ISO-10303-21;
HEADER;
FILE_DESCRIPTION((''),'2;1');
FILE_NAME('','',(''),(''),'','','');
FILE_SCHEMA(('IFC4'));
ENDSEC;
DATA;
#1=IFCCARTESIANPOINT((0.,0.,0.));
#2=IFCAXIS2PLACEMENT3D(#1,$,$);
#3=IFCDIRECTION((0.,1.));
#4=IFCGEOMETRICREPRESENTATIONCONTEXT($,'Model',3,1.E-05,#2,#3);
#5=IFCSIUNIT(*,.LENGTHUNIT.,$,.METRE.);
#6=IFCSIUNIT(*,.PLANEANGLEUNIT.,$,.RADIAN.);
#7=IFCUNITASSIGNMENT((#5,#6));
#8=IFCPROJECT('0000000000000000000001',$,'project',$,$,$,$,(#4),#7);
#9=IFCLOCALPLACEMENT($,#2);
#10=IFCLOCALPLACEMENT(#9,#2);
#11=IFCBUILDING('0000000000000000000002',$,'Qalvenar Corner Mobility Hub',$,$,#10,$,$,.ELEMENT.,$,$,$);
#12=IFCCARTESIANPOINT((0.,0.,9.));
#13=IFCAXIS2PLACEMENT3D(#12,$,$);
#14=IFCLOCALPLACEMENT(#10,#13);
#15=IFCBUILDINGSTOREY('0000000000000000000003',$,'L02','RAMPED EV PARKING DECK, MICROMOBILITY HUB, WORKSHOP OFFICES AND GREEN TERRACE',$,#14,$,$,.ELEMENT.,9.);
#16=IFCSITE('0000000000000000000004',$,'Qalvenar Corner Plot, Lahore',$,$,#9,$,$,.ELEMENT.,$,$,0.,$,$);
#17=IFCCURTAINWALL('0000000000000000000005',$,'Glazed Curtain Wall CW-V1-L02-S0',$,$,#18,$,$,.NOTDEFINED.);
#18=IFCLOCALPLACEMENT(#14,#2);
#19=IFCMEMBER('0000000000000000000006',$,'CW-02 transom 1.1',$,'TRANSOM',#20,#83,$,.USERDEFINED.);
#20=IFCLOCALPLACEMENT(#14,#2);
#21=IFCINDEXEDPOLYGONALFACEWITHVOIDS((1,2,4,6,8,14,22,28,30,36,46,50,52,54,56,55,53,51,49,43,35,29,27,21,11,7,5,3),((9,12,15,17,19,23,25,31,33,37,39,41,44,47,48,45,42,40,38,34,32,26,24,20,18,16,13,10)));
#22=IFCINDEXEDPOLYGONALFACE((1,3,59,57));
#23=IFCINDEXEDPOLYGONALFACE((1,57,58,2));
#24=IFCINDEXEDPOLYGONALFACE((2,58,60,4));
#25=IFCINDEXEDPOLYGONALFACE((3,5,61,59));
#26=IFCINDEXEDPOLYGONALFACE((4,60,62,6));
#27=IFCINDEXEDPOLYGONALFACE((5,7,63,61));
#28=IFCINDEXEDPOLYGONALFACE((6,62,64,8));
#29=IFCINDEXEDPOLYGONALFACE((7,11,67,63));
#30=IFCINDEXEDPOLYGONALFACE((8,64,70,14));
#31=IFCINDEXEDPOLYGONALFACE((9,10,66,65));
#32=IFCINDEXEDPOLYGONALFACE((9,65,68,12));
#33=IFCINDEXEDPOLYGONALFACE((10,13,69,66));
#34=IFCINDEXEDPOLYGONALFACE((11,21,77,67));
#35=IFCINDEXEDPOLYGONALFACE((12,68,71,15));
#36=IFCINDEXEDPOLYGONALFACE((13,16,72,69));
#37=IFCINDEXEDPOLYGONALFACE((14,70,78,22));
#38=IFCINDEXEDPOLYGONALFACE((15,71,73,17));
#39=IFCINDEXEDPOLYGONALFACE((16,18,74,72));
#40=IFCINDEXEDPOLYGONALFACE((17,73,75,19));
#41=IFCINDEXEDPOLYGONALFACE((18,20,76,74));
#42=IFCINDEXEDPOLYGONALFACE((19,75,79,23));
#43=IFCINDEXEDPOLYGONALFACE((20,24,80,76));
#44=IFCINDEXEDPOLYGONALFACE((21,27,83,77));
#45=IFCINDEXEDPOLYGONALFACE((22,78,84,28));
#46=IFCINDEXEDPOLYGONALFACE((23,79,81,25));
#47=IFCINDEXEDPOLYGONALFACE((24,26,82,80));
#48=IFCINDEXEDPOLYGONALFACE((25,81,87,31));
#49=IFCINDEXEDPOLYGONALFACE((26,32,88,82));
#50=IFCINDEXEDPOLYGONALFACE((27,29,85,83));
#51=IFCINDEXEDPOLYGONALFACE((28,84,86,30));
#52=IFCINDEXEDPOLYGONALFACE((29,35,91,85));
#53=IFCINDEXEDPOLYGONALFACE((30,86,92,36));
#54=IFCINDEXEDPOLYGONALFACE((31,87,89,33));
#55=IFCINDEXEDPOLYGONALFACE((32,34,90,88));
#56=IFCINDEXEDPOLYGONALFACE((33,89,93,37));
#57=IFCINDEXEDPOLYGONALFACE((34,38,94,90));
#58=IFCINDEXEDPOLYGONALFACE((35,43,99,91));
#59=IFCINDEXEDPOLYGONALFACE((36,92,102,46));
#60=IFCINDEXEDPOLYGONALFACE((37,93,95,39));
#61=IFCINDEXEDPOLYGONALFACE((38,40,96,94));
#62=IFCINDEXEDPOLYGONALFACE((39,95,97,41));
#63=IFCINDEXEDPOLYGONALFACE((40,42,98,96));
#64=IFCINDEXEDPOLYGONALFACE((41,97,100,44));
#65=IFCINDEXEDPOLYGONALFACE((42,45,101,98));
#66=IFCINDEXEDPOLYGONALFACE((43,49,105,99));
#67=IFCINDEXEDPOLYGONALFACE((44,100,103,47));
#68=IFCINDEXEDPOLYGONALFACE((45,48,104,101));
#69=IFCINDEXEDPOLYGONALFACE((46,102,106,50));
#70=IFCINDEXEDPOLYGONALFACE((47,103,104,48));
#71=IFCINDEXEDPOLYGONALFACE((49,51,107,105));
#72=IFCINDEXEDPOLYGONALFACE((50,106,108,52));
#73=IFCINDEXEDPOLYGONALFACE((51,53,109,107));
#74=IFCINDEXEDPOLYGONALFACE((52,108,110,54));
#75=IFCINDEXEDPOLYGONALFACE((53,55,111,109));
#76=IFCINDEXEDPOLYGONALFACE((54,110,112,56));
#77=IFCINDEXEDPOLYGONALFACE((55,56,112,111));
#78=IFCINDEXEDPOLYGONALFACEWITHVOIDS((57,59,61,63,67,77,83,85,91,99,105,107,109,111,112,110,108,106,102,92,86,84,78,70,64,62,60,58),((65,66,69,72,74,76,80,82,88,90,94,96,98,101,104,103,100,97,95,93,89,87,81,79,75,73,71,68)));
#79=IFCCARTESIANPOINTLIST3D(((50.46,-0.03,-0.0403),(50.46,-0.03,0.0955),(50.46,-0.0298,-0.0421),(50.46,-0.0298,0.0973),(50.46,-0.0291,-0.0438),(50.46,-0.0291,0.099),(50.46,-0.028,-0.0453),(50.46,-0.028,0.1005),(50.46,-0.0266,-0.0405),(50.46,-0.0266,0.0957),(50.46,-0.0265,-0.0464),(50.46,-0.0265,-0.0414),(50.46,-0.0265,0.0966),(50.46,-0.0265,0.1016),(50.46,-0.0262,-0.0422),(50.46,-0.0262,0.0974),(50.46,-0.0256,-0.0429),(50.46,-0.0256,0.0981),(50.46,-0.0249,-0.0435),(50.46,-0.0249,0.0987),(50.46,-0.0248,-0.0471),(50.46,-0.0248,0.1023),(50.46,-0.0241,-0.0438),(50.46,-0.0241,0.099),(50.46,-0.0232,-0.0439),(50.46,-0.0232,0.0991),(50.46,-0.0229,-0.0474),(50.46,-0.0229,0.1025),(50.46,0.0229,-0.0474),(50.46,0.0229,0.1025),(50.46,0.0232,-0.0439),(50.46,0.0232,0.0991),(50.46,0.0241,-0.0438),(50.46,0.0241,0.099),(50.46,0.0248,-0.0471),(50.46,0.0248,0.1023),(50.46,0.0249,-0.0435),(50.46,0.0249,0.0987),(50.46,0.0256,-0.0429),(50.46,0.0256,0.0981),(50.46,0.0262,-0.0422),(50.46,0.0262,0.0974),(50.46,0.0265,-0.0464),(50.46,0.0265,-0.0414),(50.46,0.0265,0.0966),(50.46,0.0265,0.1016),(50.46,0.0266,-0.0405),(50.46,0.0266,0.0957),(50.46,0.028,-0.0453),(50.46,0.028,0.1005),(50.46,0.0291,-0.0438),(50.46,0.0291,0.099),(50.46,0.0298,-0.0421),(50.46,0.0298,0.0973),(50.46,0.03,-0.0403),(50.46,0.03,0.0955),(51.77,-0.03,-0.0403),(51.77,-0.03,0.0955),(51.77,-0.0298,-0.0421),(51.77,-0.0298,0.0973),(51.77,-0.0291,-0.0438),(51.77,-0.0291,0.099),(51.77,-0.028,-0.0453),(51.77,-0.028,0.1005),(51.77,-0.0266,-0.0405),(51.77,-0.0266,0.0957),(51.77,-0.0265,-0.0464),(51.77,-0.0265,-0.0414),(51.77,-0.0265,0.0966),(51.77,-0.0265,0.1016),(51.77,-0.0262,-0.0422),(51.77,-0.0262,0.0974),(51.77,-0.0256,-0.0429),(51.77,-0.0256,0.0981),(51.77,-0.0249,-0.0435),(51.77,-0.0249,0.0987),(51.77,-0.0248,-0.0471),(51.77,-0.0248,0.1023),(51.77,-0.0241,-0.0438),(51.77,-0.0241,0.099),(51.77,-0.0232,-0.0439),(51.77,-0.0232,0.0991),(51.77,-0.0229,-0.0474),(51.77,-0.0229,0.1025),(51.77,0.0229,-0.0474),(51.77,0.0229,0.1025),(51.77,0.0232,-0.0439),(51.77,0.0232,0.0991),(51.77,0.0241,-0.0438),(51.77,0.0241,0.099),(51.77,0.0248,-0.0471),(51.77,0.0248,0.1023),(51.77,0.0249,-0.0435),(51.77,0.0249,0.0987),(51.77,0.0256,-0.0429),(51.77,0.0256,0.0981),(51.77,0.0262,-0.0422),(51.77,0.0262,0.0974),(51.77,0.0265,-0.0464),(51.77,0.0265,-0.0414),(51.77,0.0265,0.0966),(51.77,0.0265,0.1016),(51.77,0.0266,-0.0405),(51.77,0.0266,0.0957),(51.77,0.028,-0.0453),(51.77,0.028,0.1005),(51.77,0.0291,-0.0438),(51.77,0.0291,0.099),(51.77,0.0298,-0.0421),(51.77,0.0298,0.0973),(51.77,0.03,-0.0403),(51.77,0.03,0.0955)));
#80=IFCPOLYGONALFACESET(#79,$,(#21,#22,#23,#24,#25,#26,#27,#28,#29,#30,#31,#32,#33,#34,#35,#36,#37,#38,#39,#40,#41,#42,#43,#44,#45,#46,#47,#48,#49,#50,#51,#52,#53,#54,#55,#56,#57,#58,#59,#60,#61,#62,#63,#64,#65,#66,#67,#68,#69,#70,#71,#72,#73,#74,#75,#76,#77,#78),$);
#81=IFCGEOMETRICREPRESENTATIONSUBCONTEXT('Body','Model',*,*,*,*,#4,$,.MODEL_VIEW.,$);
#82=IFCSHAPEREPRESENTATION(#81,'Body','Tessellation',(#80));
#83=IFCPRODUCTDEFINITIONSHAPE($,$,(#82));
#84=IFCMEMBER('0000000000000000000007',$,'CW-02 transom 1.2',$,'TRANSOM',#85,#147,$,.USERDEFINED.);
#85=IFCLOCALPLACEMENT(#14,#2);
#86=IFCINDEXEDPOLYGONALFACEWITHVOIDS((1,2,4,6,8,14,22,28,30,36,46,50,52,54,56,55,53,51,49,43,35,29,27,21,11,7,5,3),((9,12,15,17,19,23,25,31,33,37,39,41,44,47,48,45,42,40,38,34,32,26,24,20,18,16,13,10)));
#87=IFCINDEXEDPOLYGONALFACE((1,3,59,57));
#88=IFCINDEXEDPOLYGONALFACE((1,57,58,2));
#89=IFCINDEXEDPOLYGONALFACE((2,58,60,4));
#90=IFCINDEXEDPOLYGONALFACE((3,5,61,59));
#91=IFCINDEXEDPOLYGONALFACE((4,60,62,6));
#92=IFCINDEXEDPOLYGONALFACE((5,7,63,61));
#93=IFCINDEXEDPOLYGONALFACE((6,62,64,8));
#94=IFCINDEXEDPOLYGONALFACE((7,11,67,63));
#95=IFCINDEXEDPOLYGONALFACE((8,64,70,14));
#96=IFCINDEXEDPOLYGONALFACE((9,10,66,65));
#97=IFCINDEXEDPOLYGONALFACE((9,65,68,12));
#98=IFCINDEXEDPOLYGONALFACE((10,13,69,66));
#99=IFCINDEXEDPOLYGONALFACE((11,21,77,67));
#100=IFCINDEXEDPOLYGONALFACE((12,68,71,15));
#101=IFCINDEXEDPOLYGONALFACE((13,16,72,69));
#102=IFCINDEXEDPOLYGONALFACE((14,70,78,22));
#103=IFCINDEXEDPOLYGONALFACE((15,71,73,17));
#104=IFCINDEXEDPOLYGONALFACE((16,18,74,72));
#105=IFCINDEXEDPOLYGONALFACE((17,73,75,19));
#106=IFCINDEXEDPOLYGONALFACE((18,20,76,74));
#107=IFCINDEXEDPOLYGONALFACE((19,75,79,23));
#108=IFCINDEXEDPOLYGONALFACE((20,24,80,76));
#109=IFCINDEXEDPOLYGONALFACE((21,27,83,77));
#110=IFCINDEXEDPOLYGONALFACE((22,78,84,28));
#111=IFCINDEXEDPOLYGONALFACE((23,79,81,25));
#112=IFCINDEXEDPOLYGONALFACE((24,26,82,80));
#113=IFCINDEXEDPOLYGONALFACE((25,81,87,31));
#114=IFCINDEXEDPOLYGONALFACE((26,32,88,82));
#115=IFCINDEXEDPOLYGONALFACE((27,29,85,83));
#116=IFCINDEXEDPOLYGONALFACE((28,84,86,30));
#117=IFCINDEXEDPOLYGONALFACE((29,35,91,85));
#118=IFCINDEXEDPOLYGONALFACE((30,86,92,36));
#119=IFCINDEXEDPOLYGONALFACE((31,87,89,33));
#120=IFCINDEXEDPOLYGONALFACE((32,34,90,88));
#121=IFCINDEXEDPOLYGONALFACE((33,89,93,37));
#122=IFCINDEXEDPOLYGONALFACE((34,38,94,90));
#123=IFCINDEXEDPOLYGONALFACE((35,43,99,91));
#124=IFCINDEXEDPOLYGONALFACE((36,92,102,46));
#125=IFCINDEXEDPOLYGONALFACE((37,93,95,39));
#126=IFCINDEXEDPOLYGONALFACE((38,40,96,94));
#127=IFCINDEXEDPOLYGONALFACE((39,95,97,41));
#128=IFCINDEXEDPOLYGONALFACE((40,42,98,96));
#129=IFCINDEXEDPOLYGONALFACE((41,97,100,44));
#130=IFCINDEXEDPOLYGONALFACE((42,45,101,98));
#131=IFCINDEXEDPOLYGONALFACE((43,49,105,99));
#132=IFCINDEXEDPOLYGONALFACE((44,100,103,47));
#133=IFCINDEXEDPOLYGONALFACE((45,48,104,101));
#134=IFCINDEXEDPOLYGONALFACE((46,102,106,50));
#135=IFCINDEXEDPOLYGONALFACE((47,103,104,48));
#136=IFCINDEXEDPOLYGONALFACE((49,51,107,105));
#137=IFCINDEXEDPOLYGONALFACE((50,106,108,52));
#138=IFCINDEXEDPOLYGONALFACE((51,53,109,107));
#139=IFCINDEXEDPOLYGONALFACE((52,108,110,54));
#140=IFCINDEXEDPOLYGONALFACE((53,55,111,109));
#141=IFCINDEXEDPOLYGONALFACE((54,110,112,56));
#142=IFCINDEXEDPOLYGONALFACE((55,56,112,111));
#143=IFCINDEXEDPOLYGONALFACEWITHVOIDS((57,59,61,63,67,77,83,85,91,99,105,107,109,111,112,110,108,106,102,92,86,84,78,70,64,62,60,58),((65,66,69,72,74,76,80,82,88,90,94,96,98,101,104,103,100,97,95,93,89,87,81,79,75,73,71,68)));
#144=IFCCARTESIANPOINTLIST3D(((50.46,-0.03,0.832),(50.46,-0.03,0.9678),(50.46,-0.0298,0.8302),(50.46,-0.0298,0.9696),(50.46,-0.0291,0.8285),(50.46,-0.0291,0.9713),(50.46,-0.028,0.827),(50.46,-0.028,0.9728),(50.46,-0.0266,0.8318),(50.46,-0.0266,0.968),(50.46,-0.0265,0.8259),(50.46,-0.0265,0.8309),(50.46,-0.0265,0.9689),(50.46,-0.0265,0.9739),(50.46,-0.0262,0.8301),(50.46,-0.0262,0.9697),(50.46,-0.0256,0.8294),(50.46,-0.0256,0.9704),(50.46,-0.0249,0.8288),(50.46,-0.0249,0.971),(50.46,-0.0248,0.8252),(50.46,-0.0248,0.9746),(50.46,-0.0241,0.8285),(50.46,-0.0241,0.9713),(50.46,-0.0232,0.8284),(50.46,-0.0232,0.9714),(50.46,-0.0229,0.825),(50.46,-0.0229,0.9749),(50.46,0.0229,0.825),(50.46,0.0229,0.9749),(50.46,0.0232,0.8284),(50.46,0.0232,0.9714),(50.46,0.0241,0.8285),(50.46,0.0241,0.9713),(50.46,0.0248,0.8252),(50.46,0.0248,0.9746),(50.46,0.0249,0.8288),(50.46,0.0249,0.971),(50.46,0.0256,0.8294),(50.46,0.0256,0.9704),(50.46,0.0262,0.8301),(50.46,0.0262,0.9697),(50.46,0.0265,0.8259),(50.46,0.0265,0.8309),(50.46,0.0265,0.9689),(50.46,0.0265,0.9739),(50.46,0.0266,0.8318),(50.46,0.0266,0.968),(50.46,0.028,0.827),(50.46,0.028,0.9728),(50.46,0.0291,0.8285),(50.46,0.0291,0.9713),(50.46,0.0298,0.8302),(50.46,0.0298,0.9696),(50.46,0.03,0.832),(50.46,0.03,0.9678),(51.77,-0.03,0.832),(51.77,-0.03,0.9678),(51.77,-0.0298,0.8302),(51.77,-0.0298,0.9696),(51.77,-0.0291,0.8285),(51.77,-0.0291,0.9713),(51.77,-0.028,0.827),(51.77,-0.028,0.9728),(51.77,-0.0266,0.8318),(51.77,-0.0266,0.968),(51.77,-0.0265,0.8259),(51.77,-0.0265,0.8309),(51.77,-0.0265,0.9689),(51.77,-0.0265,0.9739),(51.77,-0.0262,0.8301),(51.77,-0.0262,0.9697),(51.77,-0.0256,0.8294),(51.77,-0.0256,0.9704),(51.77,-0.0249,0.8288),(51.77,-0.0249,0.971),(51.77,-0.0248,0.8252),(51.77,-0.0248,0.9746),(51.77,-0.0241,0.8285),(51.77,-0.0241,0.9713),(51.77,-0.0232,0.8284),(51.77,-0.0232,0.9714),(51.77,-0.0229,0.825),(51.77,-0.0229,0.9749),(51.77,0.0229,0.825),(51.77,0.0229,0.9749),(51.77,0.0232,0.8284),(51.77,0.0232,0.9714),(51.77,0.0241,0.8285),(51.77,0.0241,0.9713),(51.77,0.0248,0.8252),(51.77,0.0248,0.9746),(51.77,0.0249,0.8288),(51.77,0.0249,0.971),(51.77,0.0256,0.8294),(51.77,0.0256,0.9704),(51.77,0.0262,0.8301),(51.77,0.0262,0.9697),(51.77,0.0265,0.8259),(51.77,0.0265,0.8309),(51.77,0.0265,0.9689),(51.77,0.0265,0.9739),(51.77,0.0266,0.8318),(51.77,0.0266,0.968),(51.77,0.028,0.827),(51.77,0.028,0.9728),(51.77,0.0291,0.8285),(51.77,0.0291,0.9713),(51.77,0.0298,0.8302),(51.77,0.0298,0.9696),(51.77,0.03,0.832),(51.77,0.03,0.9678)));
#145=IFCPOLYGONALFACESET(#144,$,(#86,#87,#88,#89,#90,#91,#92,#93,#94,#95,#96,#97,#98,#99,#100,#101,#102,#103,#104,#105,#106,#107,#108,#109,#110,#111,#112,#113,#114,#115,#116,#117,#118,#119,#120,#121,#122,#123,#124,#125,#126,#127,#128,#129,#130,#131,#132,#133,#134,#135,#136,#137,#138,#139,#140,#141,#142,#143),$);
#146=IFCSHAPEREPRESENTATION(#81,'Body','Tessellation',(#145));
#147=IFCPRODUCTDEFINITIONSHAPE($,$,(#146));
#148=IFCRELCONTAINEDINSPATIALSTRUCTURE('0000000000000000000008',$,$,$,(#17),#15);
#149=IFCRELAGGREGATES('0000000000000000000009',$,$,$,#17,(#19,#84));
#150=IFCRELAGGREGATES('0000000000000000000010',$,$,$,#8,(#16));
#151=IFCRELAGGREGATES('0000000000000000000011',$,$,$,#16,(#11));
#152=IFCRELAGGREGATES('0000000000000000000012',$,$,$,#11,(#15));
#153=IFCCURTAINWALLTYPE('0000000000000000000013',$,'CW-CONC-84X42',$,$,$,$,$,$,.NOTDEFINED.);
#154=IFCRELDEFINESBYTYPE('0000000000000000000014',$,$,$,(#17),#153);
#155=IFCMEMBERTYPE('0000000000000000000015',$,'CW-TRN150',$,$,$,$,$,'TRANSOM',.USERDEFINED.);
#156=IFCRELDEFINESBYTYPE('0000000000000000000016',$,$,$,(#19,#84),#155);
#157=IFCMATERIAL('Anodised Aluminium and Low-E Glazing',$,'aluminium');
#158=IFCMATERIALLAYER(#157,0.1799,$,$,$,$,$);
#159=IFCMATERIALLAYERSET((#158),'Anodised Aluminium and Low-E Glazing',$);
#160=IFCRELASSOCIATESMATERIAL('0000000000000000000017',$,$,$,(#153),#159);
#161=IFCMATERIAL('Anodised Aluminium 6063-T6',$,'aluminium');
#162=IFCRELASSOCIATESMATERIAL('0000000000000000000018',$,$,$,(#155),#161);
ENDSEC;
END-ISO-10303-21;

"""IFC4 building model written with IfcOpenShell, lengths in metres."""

from ifc_helpers import new_model, si_unit, direction, frame, origin, origin_2d, place, context, subcontext, project, spatial, hollow_rectangle, extrude, material, layer, layer_set, material_profile, profile_set, type_object, element, aggregate, save


model = new_model("IFC4")

# Units and contexts
model_context = context("Model", 3, precision=1e-05, world=origin(), true_north=direction((0.0, 1.0)))
body_context = subcontext(model_context, "Body", "Model", "MODEL_VIEW")
ifc_project = project(units=[si_unit("LENGTHUNIT", "METRE"), si_unit("PLANEANGLEUNIT", "RADIAN")], contexts=[model_context])

# Site, building, storey
site_placement = place(None, origin())
site = spatial("IfcSite", under=ifc_project, at=site_placement, Name="Qalvenar Corner Plot, Lahore", CompositionType="ELEMENT", RefElevation=0.0)
building_placement = place(site_placement, origin())
building = spatial("IfcBuilding", under=site, at=building_placement, Name="Qalvenar Corner Mobility Hub", CompositionType="ELEMENT")
storey_placement = place(building_placement, frame((0.0, 0.0, 9.0)))
storey = spatial("IfcBuildingStorey", under=building, at=storey_placement, Name="L02", Description="RAMPED EV PARKING DECK, MICROMOBILITY HUB, WORKSHOP OFFICES AND GREEN TERRACE", CompositionType="ELEMENT", Elevation=9.0)

# Curtain wall, members
ifc_material_1 = material(Name="Anodised Aluminium and Low-E Glazing", Category="aluminium")
ifc_layer_1 = layer(ifc_material_1, 0.1799)
ifc_layer_set_1 = layer_set([ifc_layer_1], Name="Anodised Aluminium and Low-E Glazing")
curtain_wall_type = type_object("IfcCurtainWallType", Name="CW-CONC-84X42", PredefinedType="NOTDEFINED", material=ifc_layer_set_1)
curtain_wall_placement = place(storey_placement, origin())
curtain_wall = element("IfcCurtainWall", 1, at=curtain_wall_placement, inside=storey, type_object=curtain_wall_type, Name="Glazed Curtain Wall CW-V1-L02-S0", PredefinedType="NOTDEFINED")
ifc_material_2 = material(Name="Anodised Aluminium 6063-T6", Category="aluminium")
ifc_material_profile_1 = material_profile(ifc_material_2, hollow_rectangle(XDim=0.0601, YDim=0.1499, WallThickness=0.0034, InnerFilletRadius=0.0034, OuterFilletRadius=0.0071, at=origin_2d()), Name="RHS150x60x3.5")
ifc_profile_set_1 = profile_set([ifc_material_profile_1], Name="Anodised Aluminium 6063-T6")
member_type_1 = type_object("IfcMemberType", Name="CW-TRN150", ElementType="TRANSOM", PredefinedType="USERDEFINED", material=ifc_profile_set_1)
member_1_placement = place(storey_placement, frame((50.46, 0.0, 0.0276), z_axis=(1.0, 0.0, 0.0), x_axis=(0.0, 1.0, 0.0)))
member_1 = element("IfcMember", 2, at=member_1_placement, type_object=member_type_1, Name="CW-02 transom 1.1", ObjectType="TRANSOM", PredefinedType="USERDEFINED", context=body_context, shape_type="SweptSolid", body=[
    extrude(hollow_rectangle(XDim=0.0601, YDim=0.1499, WallThickness=0.0034, InnerFilletRadius=0.0034, OuterFilletRadius=0.0071, at=origin_2d()), origin(), (0.0, 0.0, 1.0), 1.3101),
])
member_2_placement = place(storey_placement, frame((50.46, 0.0, 0.8999), z_axis=(1.0, 0.0, 0.0), x_axis=(0.0, 1.0, 0.0)))
member_2 = element("IfcMember", 3, at=member_2_placement, type_object=member_type_1, Name="CW-02 transom 1.2", ObjectType="TRANSOM", PredefinedType="USERDEFINED", context=body_context, shape_type="SweptSolid", body=[
    extrude(hollow_rectangle(XDim=0.0601, YDim=0.1499, WallThickness=0.0034, InnerFilletRadius=0.0034, OuterFilletRadius=0.0071, at=origin_2d()), origin(), (0.0, 0.0, 1.0), 1.3101),
])
aggregate(curtain_wall, [member_1, member_2])

save(model, "model.ifc")
